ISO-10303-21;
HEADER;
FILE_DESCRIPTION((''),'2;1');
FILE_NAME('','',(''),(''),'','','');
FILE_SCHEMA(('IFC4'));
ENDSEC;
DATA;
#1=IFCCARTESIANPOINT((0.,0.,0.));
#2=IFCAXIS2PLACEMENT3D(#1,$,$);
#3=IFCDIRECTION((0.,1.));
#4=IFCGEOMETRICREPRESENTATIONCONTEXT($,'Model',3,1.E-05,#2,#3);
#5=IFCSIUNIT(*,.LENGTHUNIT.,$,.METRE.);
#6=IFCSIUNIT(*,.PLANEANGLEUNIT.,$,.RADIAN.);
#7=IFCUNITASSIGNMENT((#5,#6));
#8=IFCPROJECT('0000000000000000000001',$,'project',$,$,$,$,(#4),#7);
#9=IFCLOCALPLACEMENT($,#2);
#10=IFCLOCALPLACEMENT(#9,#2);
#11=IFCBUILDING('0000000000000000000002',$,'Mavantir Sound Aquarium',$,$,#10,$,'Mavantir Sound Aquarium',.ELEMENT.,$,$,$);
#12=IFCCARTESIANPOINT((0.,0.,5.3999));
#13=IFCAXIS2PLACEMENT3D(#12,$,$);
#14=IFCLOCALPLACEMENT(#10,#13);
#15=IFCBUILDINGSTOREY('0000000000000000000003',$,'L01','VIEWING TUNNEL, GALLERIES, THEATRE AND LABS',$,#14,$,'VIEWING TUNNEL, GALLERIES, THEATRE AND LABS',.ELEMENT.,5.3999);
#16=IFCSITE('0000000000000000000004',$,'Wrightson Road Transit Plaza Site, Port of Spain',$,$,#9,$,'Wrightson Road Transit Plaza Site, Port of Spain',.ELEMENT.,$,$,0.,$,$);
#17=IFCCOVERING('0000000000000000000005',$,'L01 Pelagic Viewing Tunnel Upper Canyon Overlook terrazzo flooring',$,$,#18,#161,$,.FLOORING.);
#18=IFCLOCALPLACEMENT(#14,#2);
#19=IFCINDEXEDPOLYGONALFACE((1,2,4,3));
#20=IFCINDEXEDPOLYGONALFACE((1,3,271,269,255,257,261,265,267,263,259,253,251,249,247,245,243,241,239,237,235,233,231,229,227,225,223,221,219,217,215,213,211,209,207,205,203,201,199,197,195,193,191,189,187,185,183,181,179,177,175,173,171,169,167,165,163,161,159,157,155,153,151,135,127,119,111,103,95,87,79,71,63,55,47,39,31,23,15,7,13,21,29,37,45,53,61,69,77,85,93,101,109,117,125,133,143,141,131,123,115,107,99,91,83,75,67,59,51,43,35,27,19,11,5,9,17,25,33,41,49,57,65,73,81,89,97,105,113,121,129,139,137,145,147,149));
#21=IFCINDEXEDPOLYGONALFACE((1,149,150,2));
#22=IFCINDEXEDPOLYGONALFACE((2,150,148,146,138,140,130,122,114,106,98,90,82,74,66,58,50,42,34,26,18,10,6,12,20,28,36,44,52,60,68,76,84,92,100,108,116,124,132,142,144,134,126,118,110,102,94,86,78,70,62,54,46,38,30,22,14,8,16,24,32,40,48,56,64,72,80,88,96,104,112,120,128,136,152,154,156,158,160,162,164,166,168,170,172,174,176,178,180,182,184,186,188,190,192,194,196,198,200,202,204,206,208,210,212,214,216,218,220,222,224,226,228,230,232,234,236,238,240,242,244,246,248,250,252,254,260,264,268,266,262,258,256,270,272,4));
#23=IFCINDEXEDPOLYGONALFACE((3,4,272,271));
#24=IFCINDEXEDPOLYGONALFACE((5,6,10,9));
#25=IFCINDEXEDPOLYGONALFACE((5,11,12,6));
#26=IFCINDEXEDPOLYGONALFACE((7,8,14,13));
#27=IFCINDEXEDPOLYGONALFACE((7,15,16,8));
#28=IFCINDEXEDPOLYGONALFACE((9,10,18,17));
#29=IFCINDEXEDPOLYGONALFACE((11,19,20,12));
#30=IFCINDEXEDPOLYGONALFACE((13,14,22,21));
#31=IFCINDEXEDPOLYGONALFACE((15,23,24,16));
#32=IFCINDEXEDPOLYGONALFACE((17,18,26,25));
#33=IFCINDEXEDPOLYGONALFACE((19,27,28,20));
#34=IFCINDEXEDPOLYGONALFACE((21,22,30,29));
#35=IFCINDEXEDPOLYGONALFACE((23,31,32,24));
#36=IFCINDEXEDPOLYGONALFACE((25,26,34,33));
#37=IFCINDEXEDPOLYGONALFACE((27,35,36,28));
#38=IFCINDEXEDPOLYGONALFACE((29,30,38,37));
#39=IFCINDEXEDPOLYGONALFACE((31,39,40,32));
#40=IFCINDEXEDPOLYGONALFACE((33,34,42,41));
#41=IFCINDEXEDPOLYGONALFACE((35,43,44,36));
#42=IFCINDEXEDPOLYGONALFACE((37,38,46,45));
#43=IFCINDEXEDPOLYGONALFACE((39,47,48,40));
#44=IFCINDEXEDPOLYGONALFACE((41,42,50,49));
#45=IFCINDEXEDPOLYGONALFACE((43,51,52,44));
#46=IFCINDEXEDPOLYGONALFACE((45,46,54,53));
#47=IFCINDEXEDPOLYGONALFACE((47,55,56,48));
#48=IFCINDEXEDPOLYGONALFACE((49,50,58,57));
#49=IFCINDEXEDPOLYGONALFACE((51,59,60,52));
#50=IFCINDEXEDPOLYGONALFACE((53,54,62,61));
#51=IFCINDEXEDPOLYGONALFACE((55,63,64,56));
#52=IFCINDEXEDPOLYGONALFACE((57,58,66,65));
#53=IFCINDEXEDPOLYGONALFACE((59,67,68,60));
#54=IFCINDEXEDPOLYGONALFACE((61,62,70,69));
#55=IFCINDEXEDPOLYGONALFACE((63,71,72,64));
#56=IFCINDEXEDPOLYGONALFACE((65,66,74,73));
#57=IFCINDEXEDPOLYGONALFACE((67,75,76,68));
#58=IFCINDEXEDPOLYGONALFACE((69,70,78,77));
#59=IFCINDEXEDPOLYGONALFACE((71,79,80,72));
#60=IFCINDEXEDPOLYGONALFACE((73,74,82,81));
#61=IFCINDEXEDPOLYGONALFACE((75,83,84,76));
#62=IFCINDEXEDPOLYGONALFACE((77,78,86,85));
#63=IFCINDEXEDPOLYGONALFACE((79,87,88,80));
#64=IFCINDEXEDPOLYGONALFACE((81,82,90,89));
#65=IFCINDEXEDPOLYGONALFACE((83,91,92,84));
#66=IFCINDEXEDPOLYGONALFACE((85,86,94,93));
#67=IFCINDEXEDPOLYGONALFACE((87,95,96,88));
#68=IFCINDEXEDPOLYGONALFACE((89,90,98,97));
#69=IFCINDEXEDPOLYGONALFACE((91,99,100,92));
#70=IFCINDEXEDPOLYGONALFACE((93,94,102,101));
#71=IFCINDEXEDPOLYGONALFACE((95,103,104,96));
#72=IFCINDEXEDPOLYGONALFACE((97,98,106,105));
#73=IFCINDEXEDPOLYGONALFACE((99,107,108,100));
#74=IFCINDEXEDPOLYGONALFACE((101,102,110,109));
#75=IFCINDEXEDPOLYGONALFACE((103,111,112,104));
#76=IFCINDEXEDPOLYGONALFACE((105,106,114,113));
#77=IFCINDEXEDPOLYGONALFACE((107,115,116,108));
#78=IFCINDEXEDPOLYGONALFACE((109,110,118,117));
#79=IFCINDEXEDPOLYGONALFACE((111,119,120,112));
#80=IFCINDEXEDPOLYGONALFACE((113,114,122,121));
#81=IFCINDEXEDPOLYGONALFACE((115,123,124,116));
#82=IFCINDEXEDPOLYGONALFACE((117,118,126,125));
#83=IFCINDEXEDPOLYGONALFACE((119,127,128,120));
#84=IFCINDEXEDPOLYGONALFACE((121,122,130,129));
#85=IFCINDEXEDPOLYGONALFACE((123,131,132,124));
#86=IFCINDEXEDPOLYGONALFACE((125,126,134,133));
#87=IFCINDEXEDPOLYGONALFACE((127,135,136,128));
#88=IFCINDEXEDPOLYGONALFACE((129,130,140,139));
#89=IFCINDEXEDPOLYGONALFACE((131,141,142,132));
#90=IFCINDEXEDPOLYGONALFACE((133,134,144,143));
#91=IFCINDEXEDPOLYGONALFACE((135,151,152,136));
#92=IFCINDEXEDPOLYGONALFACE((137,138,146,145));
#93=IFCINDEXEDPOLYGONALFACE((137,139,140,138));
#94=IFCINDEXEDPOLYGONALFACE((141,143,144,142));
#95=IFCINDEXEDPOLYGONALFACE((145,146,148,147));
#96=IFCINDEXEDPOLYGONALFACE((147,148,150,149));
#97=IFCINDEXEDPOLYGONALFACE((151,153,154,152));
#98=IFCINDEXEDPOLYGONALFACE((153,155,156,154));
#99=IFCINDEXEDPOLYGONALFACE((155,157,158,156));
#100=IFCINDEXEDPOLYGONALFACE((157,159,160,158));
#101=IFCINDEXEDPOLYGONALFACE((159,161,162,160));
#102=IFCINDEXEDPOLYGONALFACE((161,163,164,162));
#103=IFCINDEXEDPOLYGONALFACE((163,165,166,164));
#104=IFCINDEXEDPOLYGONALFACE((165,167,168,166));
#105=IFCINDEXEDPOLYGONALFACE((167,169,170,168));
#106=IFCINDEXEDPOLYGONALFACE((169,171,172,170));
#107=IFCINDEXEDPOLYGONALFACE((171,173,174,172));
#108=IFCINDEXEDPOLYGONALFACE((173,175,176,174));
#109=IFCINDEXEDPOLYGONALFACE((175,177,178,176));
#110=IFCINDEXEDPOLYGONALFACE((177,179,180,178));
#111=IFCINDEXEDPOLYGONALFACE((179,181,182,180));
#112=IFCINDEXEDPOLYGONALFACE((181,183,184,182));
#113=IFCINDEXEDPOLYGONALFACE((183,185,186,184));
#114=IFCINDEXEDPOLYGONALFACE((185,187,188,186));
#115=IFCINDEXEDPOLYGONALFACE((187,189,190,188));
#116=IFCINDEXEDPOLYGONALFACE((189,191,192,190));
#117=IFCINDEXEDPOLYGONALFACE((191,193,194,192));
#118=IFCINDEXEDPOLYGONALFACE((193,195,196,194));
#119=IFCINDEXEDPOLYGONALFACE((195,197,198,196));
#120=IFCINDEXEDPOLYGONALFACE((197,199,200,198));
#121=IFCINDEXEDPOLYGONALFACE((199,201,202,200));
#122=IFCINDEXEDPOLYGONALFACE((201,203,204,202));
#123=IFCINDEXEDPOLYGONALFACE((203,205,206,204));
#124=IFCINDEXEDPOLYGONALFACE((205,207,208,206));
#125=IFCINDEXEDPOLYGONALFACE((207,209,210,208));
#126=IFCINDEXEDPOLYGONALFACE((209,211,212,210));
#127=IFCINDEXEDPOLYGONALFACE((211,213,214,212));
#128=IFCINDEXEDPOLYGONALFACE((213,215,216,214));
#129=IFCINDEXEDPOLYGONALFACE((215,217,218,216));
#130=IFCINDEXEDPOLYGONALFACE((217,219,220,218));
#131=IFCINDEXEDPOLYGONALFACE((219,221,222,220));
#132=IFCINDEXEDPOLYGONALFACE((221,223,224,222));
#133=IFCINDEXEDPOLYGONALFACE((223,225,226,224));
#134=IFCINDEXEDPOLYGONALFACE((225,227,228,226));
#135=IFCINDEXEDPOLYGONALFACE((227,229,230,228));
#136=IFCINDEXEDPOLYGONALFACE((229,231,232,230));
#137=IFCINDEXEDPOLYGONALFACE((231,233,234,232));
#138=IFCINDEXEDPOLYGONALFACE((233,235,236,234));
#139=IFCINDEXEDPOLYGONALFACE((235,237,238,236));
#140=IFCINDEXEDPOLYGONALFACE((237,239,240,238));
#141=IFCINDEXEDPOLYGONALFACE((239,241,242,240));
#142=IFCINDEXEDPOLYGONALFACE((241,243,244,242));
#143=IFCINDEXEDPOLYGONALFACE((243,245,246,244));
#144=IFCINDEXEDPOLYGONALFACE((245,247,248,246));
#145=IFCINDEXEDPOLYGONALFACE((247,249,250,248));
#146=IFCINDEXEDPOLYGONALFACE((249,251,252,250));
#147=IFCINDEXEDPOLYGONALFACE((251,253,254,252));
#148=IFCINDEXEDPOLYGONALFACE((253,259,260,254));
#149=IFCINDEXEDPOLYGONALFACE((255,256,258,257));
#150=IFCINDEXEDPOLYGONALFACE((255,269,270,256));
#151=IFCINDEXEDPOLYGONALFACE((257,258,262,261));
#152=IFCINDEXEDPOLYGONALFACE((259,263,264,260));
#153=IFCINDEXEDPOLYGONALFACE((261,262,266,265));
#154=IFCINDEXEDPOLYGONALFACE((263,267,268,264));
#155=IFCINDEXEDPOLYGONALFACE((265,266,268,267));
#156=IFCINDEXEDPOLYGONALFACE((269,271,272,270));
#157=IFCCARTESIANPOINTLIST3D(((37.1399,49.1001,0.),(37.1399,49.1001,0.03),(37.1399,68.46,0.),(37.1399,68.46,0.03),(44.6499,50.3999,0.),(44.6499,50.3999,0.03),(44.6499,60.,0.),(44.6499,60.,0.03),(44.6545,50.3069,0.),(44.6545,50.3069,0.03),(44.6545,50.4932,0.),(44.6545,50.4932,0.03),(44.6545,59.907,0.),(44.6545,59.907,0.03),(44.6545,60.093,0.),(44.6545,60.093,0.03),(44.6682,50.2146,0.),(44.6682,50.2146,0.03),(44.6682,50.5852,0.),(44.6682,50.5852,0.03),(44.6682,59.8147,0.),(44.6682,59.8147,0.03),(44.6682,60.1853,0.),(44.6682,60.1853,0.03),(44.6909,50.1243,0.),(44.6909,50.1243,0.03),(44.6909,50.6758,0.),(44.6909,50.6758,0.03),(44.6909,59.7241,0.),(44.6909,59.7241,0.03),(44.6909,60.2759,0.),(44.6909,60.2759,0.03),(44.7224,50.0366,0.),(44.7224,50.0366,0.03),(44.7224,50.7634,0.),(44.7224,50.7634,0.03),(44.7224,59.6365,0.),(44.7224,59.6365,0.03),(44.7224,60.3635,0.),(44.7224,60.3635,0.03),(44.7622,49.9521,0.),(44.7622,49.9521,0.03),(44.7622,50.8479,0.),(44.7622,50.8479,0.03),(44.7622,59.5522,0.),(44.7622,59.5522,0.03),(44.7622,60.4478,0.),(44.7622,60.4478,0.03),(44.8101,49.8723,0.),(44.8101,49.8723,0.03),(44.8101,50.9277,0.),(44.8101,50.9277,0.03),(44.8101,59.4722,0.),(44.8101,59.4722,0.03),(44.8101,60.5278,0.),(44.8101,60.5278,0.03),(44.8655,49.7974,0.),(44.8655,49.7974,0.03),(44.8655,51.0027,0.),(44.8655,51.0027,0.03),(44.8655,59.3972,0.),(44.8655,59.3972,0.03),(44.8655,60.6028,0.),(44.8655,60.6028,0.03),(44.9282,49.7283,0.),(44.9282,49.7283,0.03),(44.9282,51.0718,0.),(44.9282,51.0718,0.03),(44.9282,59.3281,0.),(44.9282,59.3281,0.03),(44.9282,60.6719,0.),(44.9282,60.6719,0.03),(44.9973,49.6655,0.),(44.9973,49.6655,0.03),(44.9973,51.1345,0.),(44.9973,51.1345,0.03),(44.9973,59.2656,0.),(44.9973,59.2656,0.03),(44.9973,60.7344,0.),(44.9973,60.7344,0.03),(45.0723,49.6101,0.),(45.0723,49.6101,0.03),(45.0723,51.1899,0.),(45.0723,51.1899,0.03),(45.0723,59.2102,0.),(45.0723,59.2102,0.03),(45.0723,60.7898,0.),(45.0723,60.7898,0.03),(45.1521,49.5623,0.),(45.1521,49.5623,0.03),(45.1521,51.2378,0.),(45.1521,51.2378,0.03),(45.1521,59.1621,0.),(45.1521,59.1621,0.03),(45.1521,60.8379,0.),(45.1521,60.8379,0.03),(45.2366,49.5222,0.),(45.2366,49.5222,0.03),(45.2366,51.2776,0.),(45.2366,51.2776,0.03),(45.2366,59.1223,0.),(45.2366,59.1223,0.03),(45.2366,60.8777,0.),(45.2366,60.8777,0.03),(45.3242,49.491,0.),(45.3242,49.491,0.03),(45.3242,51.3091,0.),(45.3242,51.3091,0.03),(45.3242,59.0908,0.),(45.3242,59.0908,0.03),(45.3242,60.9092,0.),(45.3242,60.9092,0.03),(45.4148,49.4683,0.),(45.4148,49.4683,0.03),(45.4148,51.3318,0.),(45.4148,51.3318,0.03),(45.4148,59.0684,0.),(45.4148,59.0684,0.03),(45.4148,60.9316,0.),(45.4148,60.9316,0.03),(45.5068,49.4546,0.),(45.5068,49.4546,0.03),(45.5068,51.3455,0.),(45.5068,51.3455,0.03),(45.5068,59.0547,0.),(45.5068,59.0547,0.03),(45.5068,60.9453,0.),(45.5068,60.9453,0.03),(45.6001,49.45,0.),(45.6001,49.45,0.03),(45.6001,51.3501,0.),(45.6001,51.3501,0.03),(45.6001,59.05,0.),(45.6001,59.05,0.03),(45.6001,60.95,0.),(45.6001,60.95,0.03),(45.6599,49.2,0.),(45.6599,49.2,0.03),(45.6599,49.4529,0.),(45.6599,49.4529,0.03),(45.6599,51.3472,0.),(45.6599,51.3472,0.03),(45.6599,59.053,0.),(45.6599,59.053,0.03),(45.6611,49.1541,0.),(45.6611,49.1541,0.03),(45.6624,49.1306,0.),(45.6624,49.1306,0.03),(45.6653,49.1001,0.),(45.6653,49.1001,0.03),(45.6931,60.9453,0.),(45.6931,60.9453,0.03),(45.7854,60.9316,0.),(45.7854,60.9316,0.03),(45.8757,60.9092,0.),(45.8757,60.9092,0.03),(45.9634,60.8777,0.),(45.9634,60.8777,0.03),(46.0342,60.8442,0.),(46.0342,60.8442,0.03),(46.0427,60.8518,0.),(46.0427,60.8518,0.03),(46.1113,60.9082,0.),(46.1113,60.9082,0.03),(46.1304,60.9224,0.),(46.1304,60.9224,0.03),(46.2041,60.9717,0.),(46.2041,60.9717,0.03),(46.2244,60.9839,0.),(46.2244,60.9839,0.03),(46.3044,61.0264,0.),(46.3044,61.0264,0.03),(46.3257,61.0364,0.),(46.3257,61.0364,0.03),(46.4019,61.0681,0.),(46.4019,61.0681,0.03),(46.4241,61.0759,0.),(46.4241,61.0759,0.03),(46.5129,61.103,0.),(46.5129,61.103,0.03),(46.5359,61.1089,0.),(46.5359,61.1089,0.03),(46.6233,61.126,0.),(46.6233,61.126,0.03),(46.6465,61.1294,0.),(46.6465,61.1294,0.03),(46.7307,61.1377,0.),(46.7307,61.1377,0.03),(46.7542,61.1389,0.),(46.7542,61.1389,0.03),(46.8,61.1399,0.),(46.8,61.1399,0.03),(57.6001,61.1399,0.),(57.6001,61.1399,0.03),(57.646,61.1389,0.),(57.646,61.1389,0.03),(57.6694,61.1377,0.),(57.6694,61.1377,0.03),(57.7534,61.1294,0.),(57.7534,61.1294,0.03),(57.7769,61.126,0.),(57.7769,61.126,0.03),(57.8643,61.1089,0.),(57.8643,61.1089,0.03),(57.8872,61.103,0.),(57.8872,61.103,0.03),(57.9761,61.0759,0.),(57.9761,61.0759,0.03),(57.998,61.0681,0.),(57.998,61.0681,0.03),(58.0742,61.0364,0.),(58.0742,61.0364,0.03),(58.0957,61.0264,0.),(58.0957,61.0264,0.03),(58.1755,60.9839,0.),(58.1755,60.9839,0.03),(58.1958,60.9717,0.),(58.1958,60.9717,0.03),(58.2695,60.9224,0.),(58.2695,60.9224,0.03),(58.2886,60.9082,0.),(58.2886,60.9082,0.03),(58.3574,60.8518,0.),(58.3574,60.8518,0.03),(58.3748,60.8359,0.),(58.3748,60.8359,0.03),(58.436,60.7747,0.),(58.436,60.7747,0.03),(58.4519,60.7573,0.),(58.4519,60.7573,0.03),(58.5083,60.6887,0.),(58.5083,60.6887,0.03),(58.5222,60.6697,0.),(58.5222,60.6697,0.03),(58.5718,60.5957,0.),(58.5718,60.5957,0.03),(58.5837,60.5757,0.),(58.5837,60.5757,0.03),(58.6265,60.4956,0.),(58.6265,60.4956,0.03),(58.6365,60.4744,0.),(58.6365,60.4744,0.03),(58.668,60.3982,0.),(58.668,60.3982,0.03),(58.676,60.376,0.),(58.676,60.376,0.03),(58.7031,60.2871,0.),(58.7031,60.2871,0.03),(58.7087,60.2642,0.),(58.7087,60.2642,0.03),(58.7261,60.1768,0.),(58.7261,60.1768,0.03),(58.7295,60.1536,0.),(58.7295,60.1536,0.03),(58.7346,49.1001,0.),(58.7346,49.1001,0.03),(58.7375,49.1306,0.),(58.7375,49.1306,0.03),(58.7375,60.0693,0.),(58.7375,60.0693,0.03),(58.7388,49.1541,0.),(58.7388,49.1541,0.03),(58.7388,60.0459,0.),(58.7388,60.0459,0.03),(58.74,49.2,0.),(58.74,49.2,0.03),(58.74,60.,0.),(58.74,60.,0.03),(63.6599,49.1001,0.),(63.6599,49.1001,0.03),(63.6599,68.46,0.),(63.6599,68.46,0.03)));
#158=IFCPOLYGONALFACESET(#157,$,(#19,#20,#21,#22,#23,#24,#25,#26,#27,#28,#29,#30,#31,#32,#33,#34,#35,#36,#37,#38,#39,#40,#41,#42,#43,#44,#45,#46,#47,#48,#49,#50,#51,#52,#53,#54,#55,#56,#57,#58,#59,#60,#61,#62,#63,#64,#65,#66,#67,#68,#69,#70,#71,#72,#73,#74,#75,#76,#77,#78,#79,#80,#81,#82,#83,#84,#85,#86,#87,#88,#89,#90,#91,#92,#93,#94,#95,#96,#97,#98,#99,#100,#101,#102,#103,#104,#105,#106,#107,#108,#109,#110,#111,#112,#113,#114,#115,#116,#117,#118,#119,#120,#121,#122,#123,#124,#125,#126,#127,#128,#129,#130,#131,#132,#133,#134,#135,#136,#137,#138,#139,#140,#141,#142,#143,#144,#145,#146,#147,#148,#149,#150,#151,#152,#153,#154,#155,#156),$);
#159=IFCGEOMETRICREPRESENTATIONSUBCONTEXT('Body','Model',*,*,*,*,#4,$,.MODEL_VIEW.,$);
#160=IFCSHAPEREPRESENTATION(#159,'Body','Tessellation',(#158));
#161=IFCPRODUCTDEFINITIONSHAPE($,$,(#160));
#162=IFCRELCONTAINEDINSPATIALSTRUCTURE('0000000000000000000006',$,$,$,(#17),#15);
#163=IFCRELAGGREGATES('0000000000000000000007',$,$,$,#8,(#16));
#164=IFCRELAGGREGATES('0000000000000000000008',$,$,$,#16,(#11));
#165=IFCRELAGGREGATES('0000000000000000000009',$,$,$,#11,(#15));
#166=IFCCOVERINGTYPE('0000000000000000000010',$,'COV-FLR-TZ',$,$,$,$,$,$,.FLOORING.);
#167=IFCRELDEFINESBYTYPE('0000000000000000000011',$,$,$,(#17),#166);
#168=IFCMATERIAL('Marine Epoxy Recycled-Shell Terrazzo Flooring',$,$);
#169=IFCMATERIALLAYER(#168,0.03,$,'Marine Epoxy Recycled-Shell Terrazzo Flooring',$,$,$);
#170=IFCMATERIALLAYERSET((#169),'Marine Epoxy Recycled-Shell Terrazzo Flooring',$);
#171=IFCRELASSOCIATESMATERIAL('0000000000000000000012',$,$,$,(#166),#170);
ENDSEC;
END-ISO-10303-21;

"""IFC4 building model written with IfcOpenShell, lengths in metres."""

from ifc_helpers import new_model, si_unit, direction, frame, origin, place, context, subcontext, project, spatial, polyline, outline, extrude, material, layer, layer_set, type_object, element, save


model = new_model("IFC4")

# Units and contexts
model_context = context("Model", 3, precision=1e-05, world=origin(), true_north=direction((0.0, 1.0)))
body_context = subcontext(model_context, "Body", "Model", "MODEL_VIEW")
ifc_project = project(units=[si_unit("LENGTHUNIT", "METRE"), si_unit("PLANEANGLEUNIT", "RADIAN")], contexts=[model_context])

# Site, building, storey
site_placement = place(None, origin())
site = spatial("IfcSite", under=ifc_project, at=site_placement, Name="Wrightson Road Transit Plaza Site, Port of Spain", LongName="Wrightson Road Transit Plaza Site, Port of Spain", CompositionType="ELEMENT", RefElevation=0.0)
building_placement = place(site_placement, origin())
building = spatial("IfcBuilding", under=site, at=building_placement, Name="Mavantir Sound Aquarium", LongName="Mavantir Sound Aquarium", CompositionType="ELEMENT")
storey_placement = place(building_placement, frame((0.0, 0.0, 5.3999)))
storey = spatial("IfcBuildingStorey", under=building, at=storey_placement, Name="L01", Description="VIEWING TUNNEL, GALLERIES, THEATRE AND LABS", LongName="VIEWING TUNNEL, GALLERIES, THEATRE AND LABS", CompositionType="ELEMENT", Elevation=5.3999)

# Covering
ifc_material_1 = material(Name="Marine Epoxy Recycled-Shell Terrazzo Flooring")
ifc_layer_1 = layer(ifc_material_1, 0.03, Name="Marine Epoxy Recycled-Shell Terrazzo Flooring")
ifc_layer_set_1 = layer_set([ifc_layer_1], Name="Marine Epoxy Recycled-Shell Terrazzo Flooring")
covering_type_1 = type_object("IfcCoveringType", Name="COV-FLR-TZ", PredefinedType="FLOORING", material=ifc_layer_set_1)
covering_1_placement = place(storey_placement, origin())
element("IfcCovering", 1, at=covering_1_placement, inside=storey, type_object=covering_type_1, Name="L01 Pelagic Viewing Tunnel Upper Canyon Overlook terrazzo flooring", PredefinedType="FLOORING", context=body_context, shape_type="SweptSolid", body=[
    extrude(outline(polyline([(63.6599, 68.46), (63.6599, 49.1001), (58.7346, 49.1001), (58.7375, 49.1306), (58.7388, 49.1541), (58.74, 49.2), (58.74, 60.0), (58.7388, 60.0459), (58.7375, 60.0693), (58.7295, 60.1536), (58.7261, 60.1768), (58.7087, 60.2642), (58.7031, 60.2871), (58.676, 60.376), (58.668, 60.3982), (58.6365, 60.4744), (58.6265, 60.4956), (58.5837, 60.5757), (58.5718, 60.5957), (58.5222, 60.6697), (58.5083, 60.6887), (58.4519, 60.7573), (58.436, 60.7747), (58.3748, 60.8359), (58.3574, 60.8518), (58.2886, 60.9082), (58.2695, 60.9224), (58.1958, 60.9717), (58.1755, 60.9839), (58.0957, 61.0264), (58.0742, 61.0364), (57.998, 61.0681), (57.9761, 61.0759), (57.8872, 61.103), (57.8643, 61.1089), (57.7769, 61.126), (57.7534, 61.1294), (57.6694, 61.1377), (57.646, 61.1389), (57.6001, 61.1399), (46.8, 61.1399), (46.7542, 61.1389), (46.7307, 61.1377), (46.6465, 61.1294), (46.6233, 61.126), (46.5359, 61.1089), (46.5129, 61.103), (46.4241, 61.0759), (46.4019, 61.0681), (46.3257, 61.0364), (46.3044, 61.0264), (46.2244, 60.9839), (46.2041, 60.9717), (46.1304, 60.9224), (46.1113, 60.9082), (46.0427, 60.8518), (46.0342, 60.8442), (45.9634, 60.8777), (45.8757, 60.9092), (45.7854, 60.9316), (45.6931, 60.9453), (45.6001, 60.95), (45.5068, 60.9453), (45.4148, 60.9316), (45.3242, 60.9092), (45.2366, 60.8777), (45.1521, 60.8379), (45.0723, 60.7898), (44.9973, 60.7344), (44.9282, 60.6719), (44.8655, 60.6028), (44.8101, 60.5278), (44.7622, 60.4478), (44.7224, 60.3635), (44.6909, 60.2759), (44.6682, 60.1853), (44.6545, 60.093), (44.6499, 60.0), (44.6545, 59.907), (44.6682, 59.8147), (44.6909, 59.7241), (44.7224, 59.6365), (44.7622, 59.5522), (44.8101, 59.4722), (44.8655, 59.3972), (44.9282, 59.3281), (44.9973, 59.2656), (45.0723, 59.2102), (45.1521, 59.1621), (45.2366, 59.1223), (45.3242, 59.0908), (45.4148, 59.0684), (45.5068, 59.0547), (45.6001, 59.05), (45.6599, 59.053), (45.6599, 51.3472), (45.6001, 51.3501), (45.5068, 51.3455), (45.4148, 51.3318), (45.3242, 51.3091), (45.2366, 51.2776), (45.1521, 51.2378), (45.0723, 51.1899), (44.9973, 51.1345), (44.9282, 51.0718), (44.8655, 51.0027), (44.8101, 50.9277), (44.7622, 50.8479), (44.7224, 50.7634), (44.6909, 50.6758), (44.6682, 50.5852), (44.6545, 50.4932), (44.6499, 50.3999), (44.6545, 50.3069), (44.6682, 50.2146), (44.6909, 50.1243), (44.7224, 50.0366), (44.7622, 49.9521), (44.8101, 49.8723), (44.8655, 49.7974), (44.9282, 49.7283), (44.9973, 49.6655), (45.0723, 49.6101), (45.1521, 49.5623), (45.2366, 49.5222), (45.3242, 49.491), (45.4148, 49.4683), (45.5068, 49.4546), (45.6001, 49.45), (45.6599, 49.4529), (45.6599, 49.2), (45.6611, 49.1541), (45.6624, 49.1306), (45.6653, 49.1001), (37.1399, 49.1001), (37.1399, 68.46), (63.6599, 68.46)])), origin(), (0.0, 0.0, 1.0), 0.03),
])

save(model, "model.ifc")
